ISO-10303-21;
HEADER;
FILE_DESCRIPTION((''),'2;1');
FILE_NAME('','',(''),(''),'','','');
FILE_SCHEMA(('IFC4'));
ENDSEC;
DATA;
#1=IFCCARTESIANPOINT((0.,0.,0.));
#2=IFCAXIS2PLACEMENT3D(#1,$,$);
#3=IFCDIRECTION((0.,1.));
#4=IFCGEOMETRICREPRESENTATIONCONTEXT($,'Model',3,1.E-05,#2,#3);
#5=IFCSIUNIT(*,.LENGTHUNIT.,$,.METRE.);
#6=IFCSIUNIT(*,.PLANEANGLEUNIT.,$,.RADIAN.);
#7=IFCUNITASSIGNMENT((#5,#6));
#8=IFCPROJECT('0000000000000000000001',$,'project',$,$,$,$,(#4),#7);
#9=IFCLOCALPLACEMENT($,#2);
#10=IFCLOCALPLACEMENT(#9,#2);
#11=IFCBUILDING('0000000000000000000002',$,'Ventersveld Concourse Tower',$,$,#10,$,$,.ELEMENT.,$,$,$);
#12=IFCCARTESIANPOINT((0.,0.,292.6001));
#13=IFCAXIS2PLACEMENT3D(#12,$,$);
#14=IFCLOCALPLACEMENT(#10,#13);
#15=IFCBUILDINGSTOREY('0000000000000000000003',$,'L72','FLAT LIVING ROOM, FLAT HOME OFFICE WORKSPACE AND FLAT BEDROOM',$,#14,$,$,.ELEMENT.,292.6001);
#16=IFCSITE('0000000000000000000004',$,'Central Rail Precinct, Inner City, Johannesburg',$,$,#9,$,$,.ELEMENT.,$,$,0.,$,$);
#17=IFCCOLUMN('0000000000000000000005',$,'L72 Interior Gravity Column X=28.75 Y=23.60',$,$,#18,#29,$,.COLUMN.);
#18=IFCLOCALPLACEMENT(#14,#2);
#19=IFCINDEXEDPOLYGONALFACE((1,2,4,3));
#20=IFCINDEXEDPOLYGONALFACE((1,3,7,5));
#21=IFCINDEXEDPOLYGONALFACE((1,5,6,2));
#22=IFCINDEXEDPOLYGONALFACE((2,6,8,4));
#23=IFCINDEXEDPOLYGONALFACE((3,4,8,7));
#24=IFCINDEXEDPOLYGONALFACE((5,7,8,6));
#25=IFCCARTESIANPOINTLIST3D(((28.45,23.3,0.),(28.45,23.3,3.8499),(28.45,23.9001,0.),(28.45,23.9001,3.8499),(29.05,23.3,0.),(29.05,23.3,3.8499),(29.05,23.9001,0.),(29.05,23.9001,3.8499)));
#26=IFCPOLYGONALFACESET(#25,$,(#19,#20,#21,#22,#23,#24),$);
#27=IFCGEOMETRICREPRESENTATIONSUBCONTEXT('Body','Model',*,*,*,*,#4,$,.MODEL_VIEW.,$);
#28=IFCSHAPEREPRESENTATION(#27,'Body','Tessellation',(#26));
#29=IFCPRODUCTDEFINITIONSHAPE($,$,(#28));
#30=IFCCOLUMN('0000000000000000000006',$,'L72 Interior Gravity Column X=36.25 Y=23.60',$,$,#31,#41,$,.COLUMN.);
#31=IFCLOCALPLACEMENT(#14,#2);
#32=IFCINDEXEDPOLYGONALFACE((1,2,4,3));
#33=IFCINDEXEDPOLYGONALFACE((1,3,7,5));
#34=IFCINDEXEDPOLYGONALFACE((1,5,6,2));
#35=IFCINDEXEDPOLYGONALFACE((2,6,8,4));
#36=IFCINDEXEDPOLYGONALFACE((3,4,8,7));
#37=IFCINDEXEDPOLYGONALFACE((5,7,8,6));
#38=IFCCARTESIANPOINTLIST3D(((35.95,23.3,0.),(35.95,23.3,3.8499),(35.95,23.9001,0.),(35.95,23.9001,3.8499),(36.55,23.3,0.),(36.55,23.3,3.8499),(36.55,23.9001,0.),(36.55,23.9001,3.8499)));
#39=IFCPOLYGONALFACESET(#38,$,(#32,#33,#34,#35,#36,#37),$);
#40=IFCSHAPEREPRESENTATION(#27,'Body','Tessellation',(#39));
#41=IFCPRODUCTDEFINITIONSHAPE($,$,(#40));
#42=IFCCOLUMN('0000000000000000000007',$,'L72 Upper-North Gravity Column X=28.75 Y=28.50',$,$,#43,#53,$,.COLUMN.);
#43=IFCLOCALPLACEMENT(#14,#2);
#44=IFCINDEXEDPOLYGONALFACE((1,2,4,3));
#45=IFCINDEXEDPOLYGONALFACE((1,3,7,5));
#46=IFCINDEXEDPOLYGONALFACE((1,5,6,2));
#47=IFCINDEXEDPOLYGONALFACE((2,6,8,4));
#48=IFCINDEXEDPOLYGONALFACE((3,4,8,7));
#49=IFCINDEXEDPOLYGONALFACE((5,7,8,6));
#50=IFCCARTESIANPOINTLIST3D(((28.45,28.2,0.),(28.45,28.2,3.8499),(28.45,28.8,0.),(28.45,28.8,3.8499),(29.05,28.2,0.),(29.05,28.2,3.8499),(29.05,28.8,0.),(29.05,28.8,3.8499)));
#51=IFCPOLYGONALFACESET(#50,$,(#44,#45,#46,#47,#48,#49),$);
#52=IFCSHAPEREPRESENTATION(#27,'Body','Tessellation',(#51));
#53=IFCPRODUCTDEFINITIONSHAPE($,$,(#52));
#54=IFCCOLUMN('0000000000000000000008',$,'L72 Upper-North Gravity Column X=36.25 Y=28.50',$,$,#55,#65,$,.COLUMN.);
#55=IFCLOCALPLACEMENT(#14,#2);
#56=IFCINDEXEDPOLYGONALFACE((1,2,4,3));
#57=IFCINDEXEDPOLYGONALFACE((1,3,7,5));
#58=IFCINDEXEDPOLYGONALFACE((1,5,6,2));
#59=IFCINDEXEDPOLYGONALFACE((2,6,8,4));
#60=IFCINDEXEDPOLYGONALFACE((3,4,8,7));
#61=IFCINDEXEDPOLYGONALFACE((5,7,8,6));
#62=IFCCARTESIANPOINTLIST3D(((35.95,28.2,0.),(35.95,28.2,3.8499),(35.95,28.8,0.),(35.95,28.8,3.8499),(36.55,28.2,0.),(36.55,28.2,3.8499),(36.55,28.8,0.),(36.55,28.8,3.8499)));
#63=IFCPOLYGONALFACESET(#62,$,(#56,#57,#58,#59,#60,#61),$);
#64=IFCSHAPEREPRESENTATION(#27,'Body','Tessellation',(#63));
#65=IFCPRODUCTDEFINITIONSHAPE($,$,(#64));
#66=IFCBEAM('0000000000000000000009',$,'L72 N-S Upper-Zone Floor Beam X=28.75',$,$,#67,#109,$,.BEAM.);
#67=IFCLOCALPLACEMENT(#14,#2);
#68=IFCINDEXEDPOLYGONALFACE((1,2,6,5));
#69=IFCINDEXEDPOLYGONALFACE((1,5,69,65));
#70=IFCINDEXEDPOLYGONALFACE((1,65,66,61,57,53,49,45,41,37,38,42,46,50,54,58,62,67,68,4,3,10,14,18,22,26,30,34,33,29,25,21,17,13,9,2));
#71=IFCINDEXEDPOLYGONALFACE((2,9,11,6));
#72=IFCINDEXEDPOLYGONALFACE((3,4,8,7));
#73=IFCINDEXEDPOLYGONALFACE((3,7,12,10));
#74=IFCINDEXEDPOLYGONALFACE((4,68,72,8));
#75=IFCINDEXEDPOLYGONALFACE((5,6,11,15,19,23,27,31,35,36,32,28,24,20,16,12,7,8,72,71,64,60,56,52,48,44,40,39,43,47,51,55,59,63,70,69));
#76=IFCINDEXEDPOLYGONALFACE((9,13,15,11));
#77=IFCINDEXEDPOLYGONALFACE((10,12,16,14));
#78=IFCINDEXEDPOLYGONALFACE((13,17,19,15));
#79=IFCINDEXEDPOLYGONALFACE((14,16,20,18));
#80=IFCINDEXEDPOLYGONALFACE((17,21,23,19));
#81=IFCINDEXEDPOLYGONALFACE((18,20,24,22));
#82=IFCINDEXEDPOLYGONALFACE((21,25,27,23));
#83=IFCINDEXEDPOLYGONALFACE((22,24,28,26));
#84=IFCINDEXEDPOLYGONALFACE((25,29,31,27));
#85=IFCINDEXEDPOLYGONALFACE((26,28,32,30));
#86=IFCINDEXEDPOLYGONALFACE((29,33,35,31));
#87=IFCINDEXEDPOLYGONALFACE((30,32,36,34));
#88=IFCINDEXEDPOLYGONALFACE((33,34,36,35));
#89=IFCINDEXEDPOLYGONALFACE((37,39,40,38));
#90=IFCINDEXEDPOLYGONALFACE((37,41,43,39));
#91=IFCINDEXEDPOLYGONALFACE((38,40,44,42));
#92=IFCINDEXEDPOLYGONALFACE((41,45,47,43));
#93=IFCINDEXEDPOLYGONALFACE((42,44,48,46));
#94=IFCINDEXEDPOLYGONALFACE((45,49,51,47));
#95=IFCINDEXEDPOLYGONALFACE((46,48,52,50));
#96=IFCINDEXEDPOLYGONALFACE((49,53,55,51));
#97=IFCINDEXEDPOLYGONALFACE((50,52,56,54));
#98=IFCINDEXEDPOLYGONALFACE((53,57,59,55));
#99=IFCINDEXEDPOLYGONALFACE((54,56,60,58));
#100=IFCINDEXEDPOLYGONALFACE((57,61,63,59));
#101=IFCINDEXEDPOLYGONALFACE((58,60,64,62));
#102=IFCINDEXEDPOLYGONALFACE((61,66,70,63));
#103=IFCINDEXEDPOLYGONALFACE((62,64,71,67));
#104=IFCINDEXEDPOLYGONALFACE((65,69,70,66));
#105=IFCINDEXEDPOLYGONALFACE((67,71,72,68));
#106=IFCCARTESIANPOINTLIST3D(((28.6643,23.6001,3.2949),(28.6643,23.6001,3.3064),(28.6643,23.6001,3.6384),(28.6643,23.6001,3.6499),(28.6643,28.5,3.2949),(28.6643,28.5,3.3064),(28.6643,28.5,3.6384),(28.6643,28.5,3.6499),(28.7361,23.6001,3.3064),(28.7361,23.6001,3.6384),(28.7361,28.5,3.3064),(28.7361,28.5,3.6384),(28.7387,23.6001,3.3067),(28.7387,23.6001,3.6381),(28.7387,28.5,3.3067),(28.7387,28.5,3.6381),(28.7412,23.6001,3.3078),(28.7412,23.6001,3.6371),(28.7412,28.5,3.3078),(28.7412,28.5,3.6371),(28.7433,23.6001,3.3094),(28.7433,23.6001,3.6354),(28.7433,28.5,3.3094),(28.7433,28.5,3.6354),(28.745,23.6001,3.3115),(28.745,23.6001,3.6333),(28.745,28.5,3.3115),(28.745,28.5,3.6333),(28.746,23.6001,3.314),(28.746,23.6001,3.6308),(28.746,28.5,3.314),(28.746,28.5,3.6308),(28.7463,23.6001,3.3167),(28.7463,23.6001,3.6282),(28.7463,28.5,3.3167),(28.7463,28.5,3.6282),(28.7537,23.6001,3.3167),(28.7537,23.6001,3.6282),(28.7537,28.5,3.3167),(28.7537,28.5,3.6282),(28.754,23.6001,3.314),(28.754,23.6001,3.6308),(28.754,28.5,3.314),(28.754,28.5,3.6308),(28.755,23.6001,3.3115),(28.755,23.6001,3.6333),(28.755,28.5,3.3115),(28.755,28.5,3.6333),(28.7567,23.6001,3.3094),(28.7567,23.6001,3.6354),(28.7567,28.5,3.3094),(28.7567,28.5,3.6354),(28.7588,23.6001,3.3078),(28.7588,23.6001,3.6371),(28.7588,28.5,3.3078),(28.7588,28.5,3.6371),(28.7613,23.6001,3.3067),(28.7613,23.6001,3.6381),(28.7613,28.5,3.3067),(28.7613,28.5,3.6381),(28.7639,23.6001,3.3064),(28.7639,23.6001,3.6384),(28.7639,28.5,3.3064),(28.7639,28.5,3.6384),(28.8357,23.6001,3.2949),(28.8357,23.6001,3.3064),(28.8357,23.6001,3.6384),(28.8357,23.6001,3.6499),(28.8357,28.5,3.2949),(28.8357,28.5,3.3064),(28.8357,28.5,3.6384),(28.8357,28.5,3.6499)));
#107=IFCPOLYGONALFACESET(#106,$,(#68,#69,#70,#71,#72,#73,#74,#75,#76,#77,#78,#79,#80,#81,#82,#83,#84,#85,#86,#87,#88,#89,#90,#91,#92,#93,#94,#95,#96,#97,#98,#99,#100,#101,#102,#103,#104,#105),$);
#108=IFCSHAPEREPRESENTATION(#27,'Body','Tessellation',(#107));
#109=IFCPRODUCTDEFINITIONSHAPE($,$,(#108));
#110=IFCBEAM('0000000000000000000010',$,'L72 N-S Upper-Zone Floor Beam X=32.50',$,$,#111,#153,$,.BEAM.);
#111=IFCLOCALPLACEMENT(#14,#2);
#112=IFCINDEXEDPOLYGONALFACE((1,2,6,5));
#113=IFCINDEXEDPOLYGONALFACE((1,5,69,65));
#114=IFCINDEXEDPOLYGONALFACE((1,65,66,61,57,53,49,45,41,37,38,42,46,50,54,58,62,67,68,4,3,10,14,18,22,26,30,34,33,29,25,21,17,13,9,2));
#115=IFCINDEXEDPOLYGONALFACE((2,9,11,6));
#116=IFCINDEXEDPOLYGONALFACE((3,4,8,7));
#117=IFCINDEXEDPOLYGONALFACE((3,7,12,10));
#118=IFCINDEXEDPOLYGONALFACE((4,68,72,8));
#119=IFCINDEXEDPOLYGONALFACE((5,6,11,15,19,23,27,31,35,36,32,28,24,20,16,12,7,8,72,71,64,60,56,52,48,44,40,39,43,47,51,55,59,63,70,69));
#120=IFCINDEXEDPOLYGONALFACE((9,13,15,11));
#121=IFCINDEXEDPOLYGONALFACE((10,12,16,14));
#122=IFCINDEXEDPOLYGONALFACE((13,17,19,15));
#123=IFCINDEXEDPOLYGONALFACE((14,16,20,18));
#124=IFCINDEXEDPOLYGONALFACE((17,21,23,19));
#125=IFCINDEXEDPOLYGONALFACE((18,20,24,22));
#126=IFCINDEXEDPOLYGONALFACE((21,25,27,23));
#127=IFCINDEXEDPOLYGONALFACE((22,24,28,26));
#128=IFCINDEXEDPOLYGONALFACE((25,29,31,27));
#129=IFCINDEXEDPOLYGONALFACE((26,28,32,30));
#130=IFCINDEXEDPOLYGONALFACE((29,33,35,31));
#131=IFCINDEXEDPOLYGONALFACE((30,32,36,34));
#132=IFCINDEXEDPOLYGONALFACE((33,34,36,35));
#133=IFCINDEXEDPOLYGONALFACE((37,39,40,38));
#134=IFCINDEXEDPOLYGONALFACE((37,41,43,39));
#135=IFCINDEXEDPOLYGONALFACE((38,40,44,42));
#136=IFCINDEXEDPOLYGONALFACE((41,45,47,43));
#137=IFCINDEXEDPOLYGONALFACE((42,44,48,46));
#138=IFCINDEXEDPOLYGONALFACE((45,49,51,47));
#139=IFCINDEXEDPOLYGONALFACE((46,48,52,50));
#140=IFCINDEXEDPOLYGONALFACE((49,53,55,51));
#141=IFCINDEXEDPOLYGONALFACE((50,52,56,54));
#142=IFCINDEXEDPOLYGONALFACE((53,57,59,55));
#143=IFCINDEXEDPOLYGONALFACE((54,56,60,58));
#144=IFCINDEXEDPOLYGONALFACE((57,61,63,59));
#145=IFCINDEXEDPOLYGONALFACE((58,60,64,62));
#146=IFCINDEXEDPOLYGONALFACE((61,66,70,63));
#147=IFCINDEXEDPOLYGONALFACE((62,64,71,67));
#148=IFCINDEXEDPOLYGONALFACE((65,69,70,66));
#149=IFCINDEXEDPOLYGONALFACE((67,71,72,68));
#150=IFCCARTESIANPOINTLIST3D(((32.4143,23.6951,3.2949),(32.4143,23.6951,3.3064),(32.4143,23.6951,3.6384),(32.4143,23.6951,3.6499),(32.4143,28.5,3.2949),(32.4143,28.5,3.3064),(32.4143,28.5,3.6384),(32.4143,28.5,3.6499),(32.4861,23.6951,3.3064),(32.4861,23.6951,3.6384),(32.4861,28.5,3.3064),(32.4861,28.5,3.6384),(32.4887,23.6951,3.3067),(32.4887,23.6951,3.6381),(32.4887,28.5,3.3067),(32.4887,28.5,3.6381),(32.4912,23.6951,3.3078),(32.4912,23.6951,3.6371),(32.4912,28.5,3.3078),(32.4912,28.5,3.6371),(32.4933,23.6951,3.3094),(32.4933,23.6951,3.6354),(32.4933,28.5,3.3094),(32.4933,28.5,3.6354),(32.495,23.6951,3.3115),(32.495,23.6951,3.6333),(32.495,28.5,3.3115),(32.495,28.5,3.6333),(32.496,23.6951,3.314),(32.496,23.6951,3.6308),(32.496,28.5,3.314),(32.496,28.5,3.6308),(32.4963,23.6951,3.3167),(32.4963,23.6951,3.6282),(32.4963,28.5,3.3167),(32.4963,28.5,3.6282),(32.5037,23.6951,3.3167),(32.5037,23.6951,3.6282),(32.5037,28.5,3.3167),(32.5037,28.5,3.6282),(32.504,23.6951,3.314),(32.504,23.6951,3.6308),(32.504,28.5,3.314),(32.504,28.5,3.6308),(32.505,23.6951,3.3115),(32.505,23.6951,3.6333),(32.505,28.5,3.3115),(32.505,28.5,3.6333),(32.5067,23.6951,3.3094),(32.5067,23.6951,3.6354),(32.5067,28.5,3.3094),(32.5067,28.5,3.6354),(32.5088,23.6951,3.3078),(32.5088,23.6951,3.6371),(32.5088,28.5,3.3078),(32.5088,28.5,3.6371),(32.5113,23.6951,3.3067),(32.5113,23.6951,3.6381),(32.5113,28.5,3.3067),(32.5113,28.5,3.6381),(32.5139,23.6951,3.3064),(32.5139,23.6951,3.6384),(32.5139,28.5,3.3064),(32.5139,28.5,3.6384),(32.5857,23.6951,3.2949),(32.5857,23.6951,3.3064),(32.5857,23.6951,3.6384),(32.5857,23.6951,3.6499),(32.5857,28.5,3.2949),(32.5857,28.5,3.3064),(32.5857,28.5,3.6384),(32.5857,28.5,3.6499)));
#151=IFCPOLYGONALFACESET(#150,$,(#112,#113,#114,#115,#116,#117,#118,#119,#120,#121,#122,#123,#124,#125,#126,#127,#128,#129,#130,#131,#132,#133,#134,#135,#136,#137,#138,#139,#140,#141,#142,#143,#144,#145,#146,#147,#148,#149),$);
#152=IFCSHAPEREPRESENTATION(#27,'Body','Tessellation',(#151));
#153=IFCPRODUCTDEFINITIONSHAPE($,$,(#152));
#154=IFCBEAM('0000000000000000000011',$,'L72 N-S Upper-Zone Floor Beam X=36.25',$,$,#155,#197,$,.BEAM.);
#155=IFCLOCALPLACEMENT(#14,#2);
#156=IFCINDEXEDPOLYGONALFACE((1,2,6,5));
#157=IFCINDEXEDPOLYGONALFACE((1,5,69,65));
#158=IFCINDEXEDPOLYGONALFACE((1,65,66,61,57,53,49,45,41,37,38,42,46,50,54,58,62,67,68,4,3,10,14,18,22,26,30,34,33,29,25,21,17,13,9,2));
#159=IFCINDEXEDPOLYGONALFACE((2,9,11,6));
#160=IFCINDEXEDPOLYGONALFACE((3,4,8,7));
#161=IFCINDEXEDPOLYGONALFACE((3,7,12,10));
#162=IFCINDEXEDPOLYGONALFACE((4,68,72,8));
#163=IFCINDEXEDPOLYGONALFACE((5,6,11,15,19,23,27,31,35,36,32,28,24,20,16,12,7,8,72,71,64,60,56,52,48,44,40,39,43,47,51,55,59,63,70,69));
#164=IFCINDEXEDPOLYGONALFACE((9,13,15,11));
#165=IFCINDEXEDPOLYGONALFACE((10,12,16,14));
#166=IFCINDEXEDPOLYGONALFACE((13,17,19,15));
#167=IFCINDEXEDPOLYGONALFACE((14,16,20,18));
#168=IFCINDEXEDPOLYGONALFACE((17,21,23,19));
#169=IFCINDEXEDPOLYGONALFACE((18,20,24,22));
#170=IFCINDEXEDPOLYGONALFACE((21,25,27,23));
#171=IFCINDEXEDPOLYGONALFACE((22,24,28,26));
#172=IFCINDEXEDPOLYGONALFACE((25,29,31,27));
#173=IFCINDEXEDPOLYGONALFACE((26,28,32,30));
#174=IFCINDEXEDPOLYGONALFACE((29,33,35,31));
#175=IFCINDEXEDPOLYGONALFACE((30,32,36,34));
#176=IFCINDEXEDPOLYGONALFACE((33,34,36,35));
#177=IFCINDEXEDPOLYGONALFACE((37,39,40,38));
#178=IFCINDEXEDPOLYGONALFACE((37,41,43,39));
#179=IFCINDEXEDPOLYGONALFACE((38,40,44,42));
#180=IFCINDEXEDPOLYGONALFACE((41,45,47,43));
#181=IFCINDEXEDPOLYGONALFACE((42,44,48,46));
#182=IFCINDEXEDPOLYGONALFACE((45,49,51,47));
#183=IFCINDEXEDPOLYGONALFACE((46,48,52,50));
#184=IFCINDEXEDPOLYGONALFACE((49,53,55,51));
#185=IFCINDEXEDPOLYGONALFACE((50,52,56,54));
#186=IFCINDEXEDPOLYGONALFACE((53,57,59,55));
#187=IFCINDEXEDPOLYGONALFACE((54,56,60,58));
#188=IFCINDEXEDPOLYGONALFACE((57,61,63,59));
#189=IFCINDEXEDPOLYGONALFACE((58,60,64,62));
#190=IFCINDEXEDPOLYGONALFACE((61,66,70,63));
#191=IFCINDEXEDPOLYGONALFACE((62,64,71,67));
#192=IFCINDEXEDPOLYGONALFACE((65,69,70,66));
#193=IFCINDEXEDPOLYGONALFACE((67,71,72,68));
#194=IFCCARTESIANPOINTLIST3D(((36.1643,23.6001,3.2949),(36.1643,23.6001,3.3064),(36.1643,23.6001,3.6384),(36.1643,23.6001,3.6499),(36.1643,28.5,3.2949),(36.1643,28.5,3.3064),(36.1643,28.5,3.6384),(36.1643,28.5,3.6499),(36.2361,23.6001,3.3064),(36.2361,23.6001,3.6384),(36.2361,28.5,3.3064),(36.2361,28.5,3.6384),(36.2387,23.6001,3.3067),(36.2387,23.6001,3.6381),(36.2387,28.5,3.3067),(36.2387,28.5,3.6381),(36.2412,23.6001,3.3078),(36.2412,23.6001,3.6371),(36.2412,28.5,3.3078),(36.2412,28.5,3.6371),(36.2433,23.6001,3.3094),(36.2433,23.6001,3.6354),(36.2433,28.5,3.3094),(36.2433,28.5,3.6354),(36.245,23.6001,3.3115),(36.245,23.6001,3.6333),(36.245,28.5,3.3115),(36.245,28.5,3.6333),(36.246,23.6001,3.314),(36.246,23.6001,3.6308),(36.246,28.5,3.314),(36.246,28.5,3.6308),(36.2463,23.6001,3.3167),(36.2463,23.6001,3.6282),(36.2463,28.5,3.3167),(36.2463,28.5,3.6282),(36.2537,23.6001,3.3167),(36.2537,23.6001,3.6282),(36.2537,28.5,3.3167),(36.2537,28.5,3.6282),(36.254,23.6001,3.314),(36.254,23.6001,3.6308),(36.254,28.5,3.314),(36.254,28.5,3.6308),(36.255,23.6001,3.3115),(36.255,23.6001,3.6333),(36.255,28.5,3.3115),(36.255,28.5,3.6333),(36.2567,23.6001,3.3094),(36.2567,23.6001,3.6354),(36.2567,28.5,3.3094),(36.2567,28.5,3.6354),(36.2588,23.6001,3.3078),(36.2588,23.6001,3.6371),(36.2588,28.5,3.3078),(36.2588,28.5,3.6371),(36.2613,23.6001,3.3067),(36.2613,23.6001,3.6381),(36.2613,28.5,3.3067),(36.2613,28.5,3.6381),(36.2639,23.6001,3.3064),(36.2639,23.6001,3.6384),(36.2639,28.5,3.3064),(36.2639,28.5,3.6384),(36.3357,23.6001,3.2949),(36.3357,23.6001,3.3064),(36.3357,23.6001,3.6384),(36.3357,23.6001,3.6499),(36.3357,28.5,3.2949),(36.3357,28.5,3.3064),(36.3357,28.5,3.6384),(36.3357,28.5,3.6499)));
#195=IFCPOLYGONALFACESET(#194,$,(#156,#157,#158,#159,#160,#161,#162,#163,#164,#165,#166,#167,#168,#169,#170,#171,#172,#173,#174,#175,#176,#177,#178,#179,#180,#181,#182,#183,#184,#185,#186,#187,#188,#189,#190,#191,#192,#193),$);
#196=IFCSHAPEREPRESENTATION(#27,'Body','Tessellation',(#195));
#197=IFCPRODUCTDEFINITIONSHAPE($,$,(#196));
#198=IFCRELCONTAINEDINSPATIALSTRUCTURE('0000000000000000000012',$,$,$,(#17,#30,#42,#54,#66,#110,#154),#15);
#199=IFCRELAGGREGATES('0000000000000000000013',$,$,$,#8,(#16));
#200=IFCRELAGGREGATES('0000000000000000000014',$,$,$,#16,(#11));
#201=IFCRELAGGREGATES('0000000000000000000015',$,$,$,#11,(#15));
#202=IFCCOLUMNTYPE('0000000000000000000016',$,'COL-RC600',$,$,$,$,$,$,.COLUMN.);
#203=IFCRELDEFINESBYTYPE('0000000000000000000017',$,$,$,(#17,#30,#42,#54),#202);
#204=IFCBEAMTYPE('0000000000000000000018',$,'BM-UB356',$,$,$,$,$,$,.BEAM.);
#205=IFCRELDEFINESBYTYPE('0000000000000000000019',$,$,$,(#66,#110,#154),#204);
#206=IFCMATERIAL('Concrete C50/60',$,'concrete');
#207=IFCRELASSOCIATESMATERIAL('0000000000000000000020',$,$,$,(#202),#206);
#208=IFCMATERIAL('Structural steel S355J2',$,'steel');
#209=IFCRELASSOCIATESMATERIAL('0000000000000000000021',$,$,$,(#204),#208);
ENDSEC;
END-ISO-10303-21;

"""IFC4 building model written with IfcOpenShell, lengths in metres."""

from ifc_helpers import new_model, si_unit, direction, frame, origin, origin_2d, place, context, subcontext, project, spatial, rectangle, i_section, extrude, material, material_profile, profile_set, type_object, element, save


model = new_model("IFC4")

# Units and contexts
model_context = context("Model", 3, precision=1e-05, world=origin(), true_north=direction((0.0, 1.0)))
body_context = subcontext(model_context, "Body", "Model", "MODEL_VIEW")
ifc_project = project(units=[si_unit("LENGTHUNIT", "METRE"), si_unit("PLANEANGLEUNIT", "RADIAN")], contexts=[model_context])

# Site, building, storey
site_placement = place(None, origin())
site = spatial("IfcSite", under=ifc_project, at=site_placement, Name="Central Rail Precinct, Inner City, Johannesburg", CompositionType="ELEMENT", RefElevation=0.0)
building_placement = place(site_placement, origin())
building = spatial("IfcBuilding", under=site, at=building_placement, Name="Ventersveld Concourse Tower", CompositionType="ELEMENT")
storey_placement = place(building_placement, frame((0.0, 0.0, 292.6001)))
storey = spatial("IfcBuildingStorey", under=building, at=storey_placement, Name="L72", Description="FLAT LIVING ROOM, FLAT HOME OFFICE WORKSPACE AND FLAT BEDROOM", CompositionType="ELEMENT", Elevation=292.6001)

# Columns
ifc_material_1 = material(Name="Concrete C50/60", Category="concrete")
ifc_material_profile_1 = material_profile(ifc_material_1, rectangle(XDim=0.6001, YDim=0.6001, at=origin_2d()), Name="RC 600x600")
ifc_profile_set_1 = profile_set([ifc_material_profile_1], Name="Concrete C50/60")
column_type = type_object("IfcColumnType", Name="COL-RC600", PredefinedType="COLUMN", material=ifc_profile_set_1)
for number, where, z_axis, x_axis, name in (
    (1, (28.75, 23.6001, 0.0), (0.0, 0.0, 1.0), (1.0, 0.0, 0.0), "L72 Interior Gravity Column X=28.75 Y=23.60"),
    (2, (36.25, 23.6001, 0.0), (0.0, 0.0, 1.0), (1.0, 0.0, 0.0), "L72 Interior Gravity Column X=36.25 Y=23.60"),
    (3, (28.75, 28.5, 0.0), (0.0, 0.0, 1.0), (1.0, 0.0, 0.0), "L72 Upper-North Gravity Column X=28.75 Y=28.50"),
    (4, (36.25, 28.5, 0.0), (0.0, 0.0, 1.0), (1.0, 0.0, 0.0), "L72 Upper-North Gravity Column X=36.25 Y=28.50"),
):
    element("IfcColumn", number, at=place(storey_placement, frame(where, z_axis=z_axis, x_axis=x_axis)), inside=storey, type_object=column_type, Name=name, PredefinedType="COLUMN", context=body_context, shape_type="SweptSolid", body=[
        extrude(rectangle(XDim=0.6001, YDim=0.6001, at=origin_2d()), origin(), (0.0, 0.0, 1.0), 3.8499),
    ])

# Beams
ifc_material_2 = material(Name="Structural steel S355J2", Category="steel")
ifc_material_profile_2 = material_profile(ifc_material_2, i_section(OverallWidth=0.1714, OverallDepth=0.355, WebThickness=0.0073, FlangeThickness=0.0115, FilletRadius=0.0103, at=origin_2d()), Name="UB 356x171x51")
ifc_profile_set_2 = profile_set([ifc_material_profile_2], Name="Structural steel S355J2")
beam_type_1 = type_object("IfcBeamType", Name="BM-UB356", PredefinedType="BEAM", material=ifc_profile_set_2)
beam_1_placement = place(storey_placement, frame((28.75, 23.6001, 3.4724), z_axis=(0.0, 1.0, 0.0), x_axis=(-1.0, 0.0, 0.0)))
element("IfcBeam", 5, at=beam_1_placement, inside=storey, type_object=beam_type_1, Name="L72 N-S Upper-Zone Floor Beam X=28.75", PredefinedType="BEAM", context=body_context, shape_type="SweptSolid", body=[
    extrude(i_section(OverallWidth=0.1714, OverallDepth=0.355, WebThickness=0.0073, FlangeThickness=0.0115, FilletRadius=0.0103, at=origin_2d()), origin(), (0.0, 0.0, 1.0), 4.8999),
])
beam_2_placement = place(storey_placement, frame((32.5, 23.6951, 3.4724), z_axis=(0.0, 1.0, 0.0), x_axis=(-1.0, 0.0, 0.0)))
element("IfcBeam", 6, at=beam_2_placement, inside=storey, type_object=beam_type_1, Name="L72 N-S Upper-Zone Floor Beam X=32.50", PredefinedType="BEAM", context=body_context, shape_type="SweptSolid", body=[
    extrude(i_section(OverallWidth=0.1714, OverallDepth=0.355, WebThickness=0.0073, FlangeThickness=0.0115, FilletRadius=0.0103, at=origin_2d()), origin(), (0.0, 0.0, 1.0), 4.8049),
])
beam_3_placement = place(storey_placement, frame((36.25, 23.6001, 3.4724), z_axis=(0.0, 1.0, 0.0), x_axis=(-1.0, 0.0, 0.0)))
element("IfcBeam", 7, at=beam_3_placement, inside=storey, type_object=beam_type_1, Name="L72 N-S Upper-Zone Floor Beam X=36.25", PredefinedType="BEAM", context=body_context, shape_type="SweptSolid", body=[
    extrude(i_section(OverallWidth=0.1714, OverallDepth=0.355, WebThickness=0.0073, FlangeThickness=0.0115, FilletRadius=0.0103, at=origin_2d()), origin(), (0.0, 0.0, 1.0), 4.8999),
])

save(model, "model.ifc")
